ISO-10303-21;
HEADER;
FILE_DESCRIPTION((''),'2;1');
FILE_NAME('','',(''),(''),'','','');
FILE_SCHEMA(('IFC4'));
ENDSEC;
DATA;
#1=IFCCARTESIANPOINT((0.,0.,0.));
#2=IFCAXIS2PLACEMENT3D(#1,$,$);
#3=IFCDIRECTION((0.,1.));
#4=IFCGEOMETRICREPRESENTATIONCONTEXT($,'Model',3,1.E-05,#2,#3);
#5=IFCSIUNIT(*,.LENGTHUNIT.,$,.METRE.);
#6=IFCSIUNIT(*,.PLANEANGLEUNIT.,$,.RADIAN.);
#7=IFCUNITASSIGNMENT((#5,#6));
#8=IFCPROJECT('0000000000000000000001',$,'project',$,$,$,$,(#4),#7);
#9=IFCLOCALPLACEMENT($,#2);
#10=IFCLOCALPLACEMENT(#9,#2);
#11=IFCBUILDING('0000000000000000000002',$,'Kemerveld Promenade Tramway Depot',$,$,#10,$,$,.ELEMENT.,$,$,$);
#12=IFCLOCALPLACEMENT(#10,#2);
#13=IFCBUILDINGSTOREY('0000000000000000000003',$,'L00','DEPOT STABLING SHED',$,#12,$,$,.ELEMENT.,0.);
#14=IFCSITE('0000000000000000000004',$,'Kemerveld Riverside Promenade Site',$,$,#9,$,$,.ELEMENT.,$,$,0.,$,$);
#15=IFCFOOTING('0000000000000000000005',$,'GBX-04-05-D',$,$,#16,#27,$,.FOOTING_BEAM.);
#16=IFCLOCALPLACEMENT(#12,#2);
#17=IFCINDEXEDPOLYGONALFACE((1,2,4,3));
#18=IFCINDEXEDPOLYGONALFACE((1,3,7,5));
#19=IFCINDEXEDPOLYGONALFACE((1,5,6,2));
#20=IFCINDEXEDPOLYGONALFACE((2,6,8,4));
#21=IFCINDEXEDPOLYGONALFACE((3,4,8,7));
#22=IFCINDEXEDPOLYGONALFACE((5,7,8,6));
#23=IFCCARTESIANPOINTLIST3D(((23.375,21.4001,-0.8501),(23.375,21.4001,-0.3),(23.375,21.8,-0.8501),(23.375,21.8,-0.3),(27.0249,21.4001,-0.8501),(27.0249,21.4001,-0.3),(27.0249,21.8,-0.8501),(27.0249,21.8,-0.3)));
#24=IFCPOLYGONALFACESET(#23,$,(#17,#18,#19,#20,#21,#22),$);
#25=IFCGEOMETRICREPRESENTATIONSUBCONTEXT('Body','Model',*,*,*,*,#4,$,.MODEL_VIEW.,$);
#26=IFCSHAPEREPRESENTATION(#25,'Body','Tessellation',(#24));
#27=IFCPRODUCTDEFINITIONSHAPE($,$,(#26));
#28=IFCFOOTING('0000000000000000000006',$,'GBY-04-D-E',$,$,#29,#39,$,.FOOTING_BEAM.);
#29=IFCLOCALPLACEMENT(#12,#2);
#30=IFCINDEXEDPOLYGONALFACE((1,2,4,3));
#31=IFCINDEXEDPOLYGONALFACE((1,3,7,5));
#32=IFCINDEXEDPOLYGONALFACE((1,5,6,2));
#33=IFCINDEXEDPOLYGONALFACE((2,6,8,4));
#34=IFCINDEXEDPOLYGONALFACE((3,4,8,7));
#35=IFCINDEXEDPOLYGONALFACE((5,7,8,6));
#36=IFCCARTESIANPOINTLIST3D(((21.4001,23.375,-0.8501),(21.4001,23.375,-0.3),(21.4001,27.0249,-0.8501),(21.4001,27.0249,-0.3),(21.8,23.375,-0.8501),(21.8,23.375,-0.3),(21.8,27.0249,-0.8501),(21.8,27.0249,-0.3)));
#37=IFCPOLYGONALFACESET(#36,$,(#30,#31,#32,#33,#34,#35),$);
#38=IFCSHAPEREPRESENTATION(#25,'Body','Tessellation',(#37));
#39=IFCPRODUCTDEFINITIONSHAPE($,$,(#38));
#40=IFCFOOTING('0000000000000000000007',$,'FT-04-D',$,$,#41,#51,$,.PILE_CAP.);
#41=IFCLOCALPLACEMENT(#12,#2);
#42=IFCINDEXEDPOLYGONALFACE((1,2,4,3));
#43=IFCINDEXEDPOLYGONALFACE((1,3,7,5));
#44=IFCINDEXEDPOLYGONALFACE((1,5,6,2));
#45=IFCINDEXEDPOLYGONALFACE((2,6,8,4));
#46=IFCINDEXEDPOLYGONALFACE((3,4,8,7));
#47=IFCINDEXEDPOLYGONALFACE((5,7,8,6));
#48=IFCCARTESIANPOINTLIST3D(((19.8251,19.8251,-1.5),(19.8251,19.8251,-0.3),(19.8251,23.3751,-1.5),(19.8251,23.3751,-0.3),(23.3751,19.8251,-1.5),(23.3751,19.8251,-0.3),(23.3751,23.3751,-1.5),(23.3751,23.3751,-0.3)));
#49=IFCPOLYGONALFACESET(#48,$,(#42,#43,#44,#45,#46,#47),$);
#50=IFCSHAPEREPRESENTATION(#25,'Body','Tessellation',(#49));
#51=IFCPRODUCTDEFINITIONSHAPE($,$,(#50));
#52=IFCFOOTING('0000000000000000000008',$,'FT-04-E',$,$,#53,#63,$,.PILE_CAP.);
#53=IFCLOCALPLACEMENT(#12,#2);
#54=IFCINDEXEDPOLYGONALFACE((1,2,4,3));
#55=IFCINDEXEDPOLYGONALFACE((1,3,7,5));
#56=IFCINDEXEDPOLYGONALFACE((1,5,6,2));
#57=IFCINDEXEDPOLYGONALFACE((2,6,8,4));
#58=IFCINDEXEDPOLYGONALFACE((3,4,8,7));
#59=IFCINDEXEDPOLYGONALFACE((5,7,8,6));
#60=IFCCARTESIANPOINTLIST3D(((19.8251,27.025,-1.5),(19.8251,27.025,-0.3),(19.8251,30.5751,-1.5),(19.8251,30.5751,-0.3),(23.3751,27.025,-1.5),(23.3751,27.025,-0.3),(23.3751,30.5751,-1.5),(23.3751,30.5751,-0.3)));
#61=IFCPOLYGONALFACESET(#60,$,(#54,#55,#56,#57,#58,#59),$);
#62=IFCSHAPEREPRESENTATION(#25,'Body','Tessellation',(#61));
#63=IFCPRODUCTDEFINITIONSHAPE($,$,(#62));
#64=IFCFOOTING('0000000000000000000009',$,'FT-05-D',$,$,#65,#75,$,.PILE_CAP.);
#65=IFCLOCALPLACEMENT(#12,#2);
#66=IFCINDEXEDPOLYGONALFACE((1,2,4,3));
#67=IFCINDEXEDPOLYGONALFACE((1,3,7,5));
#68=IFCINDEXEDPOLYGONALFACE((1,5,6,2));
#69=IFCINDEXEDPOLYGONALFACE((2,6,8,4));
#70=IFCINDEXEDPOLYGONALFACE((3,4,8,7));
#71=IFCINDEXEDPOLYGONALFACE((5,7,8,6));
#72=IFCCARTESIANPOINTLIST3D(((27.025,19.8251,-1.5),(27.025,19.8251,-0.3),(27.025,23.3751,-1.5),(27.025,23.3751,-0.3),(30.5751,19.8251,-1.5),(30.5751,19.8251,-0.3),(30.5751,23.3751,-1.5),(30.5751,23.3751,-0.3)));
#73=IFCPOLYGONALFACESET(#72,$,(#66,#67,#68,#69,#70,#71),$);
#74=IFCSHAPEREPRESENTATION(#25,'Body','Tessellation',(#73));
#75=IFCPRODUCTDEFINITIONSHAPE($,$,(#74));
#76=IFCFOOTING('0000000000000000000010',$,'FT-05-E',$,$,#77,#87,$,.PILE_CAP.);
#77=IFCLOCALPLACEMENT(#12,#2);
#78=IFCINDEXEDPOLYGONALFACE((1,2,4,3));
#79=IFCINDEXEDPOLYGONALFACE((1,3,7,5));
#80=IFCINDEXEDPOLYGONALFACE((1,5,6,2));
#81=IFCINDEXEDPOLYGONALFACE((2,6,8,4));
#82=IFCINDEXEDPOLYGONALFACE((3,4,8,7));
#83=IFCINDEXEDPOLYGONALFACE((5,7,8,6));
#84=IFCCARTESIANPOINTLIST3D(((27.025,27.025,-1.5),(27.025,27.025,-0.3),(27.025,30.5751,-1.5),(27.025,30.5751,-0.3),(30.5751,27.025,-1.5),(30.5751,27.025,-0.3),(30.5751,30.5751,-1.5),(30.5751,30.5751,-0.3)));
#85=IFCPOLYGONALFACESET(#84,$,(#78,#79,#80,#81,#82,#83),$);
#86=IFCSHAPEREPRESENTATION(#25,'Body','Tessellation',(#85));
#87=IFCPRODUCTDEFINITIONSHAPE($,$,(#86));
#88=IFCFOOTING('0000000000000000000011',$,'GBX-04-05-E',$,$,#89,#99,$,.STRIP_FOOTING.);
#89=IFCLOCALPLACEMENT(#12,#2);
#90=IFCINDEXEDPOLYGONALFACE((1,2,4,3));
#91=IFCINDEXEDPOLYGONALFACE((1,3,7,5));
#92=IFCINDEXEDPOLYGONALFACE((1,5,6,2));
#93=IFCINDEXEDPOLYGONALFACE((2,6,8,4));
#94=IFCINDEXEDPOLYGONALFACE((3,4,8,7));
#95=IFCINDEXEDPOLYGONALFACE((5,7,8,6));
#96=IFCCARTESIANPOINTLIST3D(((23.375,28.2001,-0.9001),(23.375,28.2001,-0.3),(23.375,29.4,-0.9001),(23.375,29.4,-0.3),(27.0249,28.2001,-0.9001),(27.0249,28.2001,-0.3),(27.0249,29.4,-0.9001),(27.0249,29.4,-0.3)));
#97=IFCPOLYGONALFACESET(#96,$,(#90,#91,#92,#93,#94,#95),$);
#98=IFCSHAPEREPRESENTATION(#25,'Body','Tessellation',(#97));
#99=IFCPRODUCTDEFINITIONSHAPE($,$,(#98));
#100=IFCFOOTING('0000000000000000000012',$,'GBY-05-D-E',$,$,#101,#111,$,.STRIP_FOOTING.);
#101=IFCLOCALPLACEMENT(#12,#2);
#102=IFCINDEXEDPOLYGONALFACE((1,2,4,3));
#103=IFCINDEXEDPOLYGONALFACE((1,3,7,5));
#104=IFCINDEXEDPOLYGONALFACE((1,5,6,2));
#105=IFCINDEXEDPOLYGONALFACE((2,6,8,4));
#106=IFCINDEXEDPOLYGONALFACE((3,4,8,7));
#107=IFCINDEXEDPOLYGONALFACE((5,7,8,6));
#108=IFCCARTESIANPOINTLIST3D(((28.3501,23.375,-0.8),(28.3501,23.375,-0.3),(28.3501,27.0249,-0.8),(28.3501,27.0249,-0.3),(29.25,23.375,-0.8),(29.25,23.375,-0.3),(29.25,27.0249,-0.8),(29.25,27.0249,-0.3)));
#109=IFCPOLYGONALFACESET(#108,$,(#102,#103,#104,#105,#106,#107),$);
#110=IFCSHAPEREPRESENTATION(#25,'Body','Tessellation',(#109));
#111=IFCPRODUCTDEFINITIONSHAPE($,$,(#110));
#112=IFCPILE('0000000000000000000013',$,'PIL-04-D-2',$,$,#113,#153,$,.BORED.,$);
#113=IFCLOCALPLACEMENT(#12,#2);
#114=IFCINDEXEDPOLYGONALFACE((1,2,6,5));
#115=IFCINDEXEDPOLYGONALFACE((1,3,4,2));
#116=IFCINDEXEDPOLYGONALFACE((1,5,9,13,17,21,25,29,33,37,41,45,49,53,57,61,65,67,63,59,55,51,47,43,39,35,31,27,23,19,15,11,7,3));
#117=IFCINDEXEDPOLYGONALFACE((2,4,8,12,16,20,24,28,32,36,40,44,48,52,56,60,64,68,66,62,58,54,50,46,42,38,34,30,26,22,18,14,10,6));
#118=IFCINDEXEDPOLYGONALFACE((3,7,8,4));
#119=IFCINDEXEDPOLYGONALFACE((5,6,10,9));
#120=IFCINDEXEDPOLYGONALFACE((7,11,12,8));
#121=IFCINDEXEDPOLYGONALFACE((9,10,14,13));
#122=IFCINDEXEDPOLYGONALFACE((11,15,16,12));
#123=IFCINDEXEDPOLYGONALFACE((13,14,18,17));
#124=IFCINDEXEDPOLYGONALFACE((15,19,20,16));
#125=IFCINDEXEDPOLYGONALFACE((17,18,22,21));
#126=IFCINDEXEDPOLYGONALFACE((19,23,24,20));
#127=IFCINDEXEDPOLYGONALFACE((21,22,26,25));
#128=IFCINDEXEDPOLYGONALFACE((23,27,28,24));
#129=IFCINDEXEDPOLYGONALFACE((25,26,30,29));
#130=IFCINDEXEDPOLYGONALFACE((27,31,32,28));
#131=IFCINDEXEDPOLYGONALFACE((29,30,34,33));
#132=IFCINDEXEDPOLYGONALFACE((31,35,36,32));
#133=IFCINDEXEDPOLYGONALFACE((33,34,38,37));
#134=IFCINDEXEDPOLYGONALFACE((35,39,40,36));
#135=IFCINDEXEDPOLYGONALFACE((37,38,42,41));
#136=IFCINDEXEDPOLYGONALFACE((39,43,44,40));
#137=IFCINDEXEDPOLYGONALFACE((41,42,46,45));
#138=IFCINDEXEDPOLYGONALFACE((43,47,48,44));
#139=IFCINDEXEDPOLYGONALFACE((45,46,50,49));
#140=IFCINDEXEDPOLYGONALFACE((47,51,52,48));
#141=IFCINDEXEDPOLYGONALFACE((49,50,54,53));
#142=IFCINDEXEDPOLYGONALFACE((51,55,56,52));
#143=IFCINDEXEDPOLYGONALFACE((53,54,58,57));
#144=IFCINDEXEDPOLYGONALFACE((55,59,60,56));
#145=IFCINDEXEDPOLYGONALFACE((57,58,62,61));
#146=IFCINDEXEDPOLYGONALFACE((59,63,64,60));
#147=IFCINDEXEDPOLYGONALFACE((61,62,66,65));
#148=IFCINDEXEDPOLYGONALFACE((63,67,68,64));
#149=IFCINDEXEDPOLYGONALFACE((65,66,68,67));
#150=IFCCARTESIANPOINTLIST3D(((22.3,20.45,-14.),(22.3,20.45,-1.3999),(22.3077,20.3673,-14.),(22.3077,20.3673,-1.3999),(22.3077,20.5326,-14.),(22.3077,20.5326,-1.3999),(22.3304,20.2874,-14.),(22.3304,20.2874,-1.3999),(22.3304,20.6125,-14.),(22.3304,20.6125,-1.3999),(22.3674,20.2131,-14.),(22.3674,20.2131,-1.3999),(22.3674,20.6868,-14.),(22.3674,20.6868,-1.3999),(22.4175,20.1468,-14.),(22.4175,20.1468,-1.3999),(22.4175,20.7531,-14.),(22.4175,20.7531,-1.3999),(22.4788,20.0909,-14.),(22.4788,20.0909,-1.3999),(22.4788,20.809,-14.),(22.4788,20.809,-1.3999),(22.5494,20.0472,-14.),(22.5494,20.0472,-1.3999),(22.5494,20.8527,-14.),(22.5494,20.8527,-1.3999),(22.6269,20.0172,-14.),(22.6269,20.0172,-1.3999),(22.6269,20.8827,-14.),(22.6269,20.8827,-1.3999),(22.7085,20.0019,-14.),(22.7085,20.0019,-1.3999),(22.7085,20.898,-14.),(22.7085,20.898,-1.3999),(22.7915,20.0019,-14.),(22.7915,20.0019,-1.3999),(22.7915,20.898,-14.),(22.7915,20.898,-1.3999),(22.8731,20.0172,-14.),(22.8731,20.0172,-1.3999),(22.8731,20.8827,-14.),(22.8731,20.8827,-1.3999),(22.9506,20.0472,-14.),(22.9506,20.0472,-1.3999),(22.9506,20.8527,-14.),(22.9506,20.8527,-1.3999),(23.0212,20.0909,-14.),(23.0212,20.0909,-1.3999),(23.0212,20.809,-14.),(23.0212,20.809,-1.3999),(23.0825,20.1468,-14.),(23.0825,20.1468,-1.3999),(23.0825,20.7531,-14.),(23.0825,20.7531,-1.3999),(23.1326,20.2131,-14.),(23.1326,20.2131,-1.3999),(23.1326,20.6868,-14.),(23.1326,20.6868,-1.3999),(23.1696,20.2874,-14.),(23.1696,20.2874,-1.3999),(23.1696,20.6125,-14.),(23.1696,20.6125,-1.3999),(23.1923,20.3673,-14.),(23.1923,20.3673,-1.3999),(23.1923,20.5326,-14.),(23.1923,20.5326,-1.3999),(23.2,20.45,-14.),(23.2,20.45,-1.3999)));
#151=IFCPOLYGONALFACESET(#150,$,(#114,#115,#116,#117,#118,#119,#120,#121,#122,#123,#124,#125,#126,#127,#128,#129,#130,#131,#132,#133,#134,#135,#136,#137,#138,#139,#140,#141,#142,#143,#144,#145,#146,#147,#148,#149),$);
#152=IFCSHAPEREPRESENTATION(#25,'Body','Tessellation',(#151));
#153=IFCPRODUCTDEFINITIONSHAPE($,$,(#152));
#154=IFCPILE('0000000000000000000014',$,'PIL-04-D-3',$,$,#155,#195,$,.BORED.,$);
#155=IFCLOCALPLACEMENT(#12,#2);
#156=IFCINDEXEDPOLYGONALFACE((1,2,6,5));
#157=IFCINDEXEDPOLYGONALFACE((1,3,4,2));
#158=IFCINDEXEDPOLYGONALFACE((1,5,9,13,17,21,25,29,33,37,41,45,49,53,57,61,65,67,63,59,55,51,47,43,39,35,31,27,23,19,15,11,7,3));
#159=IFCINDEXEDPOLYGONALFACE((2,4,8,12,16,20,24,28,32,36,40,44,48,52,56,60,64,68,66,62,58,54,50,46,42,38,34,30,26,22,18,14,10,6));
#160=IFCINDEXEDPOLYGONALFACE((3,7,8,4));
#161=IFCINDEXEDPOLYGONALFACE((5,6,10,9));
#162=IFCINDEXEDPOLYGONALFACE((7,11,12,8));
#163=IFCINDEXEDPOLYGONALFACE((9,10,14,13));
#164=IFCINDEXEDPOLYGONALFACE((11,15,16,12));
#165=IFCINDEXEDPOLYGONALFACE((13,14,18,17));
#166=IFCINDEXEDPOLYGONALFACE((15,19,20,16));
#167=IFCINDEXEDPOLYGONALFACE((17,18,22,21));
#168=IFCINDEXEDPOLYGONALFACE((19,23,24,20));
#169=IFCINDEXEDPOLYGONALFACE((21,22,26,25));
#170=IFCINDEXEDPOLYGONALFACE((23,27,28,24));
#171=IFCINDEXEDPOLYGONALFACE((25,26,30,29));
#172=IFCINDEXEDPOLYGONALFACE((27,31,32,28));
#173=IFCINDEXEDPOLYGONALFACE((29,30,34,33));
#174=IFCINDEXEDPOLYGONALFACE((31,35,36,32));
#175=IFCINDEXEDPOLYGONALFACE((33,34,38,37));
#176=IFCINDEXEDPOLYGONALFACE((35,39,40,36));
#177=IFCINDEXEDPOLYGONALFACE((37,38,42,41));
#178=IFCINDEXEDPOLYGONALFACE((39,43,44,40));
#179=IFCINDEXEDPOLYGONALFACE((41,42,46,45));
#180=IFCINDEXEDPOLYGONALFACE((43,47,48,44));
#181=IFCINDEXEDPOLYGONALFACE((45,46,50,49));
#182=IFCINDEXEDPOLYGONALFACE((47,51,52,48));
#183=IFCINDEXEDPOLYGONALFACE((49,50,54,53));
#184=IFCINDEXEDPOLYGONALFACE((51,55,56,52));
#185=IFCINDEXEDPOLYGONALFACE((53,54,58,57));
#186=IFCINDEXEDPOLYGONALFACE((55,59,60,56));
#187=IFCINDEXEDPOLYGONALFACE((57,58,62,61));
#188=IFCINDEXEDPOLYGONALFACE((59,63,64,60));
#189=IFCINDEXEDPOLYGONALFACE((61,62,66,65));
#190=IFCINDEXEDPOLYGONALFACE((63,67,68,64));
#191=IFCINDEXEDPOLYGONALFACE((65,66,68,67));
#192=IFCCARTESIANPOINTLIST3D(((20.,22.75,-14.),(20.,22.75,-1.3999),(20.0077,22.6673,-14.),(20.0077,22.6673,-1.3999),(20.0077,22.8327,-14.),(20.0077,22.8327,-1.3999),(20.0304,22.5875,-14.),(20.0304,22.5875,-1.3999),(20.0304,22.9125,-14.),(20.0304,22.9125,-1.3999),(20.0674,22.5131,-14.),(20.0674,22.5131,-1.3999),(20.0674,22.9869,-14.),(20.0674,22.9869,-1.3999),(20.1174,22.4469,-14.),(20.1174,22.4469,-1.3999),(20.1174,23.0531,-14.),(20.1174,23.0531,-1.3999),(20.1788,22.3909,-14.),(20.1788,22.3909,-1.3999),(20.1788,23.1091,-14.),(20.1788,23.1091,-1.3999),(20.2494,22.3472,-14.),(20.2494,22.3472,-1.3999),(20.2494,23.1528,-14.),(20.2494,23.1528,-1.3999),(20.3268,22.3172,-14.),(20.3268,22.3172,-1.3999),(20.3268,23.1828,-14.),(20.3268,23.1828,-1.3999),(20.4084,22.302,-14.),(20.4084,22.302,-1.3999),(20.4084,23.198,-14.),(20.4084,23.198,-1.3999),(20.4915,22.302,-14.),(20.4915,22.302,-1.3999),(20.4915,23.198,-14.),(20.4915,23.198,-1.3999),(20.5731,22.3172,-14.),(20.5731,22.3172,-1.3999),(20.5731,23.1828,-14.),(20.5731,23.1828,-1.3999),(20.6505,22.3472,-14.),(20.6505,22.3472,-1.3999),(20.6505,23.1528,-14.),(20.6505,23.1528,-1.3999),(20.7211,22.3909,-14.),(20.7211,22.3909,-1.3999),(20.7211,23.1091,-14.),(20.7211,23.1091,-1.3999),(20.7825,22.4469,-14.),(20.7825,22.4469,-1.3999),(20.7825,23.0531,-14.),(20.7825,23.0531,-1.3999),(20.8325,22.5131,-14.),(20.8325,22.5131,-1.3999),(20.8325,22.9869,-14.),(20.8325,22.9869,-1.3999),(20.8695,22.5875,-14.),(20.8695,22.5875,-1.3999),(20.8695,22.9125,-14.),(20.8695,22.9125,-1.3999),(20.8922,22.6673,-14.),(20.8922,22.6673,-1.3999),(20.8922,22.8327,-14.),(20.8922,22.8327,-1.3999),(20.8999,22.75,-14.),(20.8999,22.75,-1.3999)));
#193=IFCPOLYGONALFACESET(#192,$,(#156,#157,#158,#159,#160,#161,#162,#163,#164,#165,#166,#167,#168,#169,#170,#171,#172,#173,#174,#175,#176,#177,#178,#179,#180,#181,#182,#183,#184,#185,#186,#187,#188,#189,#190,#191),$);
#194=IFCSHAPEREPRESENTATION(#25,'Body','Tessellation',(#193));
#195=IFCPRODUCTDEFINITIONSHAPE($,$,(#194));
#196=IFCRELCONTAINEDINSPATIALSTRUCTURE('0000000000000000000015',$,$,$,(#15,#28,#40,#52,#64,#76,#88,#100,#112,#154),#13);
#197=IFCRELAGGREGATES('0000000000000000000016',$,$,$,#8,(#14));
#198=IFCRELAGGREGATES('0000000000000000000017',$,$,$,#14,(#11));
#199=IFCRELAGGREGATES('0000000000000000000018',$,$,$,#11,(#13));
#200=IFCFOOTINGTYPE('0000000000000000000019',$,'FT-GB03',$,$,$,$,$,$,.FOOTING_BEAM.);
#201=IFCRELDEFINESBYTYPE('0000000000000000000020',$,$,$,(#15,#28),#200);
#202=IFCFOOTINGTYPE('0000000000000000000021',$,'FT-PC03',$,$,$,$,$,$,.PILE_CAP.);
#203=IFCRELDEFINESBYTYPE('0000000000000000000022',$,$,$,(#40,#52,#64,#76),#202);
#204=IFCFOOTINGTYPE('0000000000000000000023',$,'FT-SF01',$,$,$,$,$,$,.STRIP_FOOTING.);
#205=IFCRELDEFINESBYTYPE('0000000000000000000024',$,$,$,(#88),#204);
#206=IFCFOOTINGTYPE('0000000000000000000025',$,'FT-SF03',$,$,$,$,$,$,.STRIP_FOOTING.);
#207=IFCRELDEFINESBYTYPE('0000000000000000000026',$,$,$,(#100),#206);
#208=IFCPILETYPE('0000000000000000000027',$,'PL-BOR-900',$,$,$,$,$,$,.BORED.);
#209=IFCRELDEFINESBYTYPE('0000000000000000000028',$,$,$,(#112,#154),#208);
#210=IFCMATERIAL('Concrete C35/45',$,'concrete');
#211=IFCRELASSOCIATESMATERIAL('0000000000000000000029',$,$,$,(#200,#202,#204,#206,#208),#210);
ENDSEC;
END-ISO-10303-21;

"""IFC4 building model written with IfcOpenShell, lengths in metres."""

from ifc_helpers import new_model, si_unit, direction, frame, origin, origin_2d, place, context, subcontext, project, spatial, rectangle, circle, extrude, material, material_profile, profile_set, type_object, element, save


model = new_model("IFC4")

# Units and contexts
model_context = context("Model", 3, precision=1e-05, world=origin(), true_north=direction((0.0, 1.0)))
body_context = subcontext(model_context, "Body", "Model", "MODEL_VIEW")
ifc_project = project(units=[si_unit("LENGTHUNIT", "METRE"), si_unit("PLANEANGLEUNIT", "RADIAN")], contexts=[model_context])

# Site, building, storey
site_placement = place(None, origin())
site = spatial("IfcSite", under=ifc_project, at=site_placement, Name="Kemerveld Riverside Promenade Site", CompositionType="ELEMENT", RefElevation=0.0)
building_placement = place(site_placement, origin())
building = spatial("IfcBuilding", under=site, at=building_placement, Name="Kemerveld Promenade Tramway Depot", CompositionType="ELEMENT")
storey_placement = place(building_placement, origin())
storey = spatial("IfcBuildingStorey", under=building, at=storey_placement, Name="L00", Description="DEPOT STABLING SHED", CompositionType="ELEMENT", Elevation=0.0)

# Footings
ifc_material_1 = material(Name="Concrete C35/45", Category="concrete")
footing_type_1 = type_object("IfcFootingType", Name="FT-GB03", PredefinedType="FOOTING_BEAM", material=ifc_material_1)
for number, where, z_axis, x_axis, name in (
    (1, (25.2, 21.6001, -0.8501), (0.0, 0.0, 1.0), (1.0, 0.0, 0.0), "GBX-04-05-D"),
    (2, (21.6001, 25.2, -0.8501), (0.0, 0.0, 1.0), (0.0, 1.0, 0.0), "GBY-04-D-E"),
):
    element("IfcFooting", number, at=place(storey_placement, frame(where, z_axis=z_axis, x_axis=x_axis)), inside=storey, type_object=footing_type_1, Name=name, PredefinedType="FOOTING_BEAM", context=body_context, shape_type="SweptSolid", body=[
        extrude(rectangle(XDim=3.6499, YDim=0.3999, at=origin_2d()), origin(), (0.0, 0.0, 1.0), 0.55),
    ])
footing_type_2 = type_object("IfcFootingType", Name="FT-PC03", PredefinedType="PILE_CAP", material=ifc_material_1)
for number, where, z_axis, x_axis, name in (
    (3, (21.6001, 21.6001, -1.5), (0.0, 0.0, 1.0), (1.0, 0.0, 0.0), "FT-04-D"),
    (4, (21.6001, 28.8, -1.5), (0.0, 0.0, 1.0), (1.0, 0.0, 0.0), "FT-04-E"),
    (5, (28.8, 21.6001, -1.5), (0.0, 0.0, 1.0), (1.0, 0.0, 0.0), "FT-05-D"),
    (6, (28.8, 28.8, -1.5), (0.0, 0.0, 1.0), (1.0, 0.0, 0.0), "FT-05-E"),
):
    element("IfcFooting", number, at=place(storey_placement, frame(where, z_axis=z_axis, x_axis=x_axis)), inside=storey, type_object=footing_type_2, Name=name, PredefinedType="PILE_CAP", context=body_context, shape_type="SweptSolid", body=[
        extrude(rectangle(XDim=3.55, YDim=3.55, at=origin_2d()), origin(), (0.0, 0.0, 1.0), 1.2),
    ])
footing_type_3 = type_object("IfcFootingType", Name="FT-SF01", PredefinedType="STRIP_FOOTING", material=ifc_material_1)
footing_1_placement = place(storey_placement, frame((25.2, 28.8, -0.9001), z_axis=(0.0, 0.0, 1.0), x_axis=(1.0, 0.0, 0.0)))
element("IfcFooting", 7, at=footing_1_placement, inside=storey, type_object=footing_type_3, Name="GBX-04-05-E", PredefinedType="STRIP_FOOTING", context=body_context, shape_type="SweptSolid", body=[
    extrude(rectangle(XDim=3.6499, YDim=1.2, at=origin_2d()), origin(), (0.0, 0.0, 1.0), 0.6001),
])
footing_type_4 = type_object("IfcFootingType", Name="FT-SF03", PredefinedType="STRIP_FOOTING", material=ifc_material_1)
footing_2_placement = place(storey_placement, frame((28.8, 25.2, -0.8), z_axis=(0.0, 0.0, 1.0), x_axis=(0.0, 1.0, 0.0)))
element("IfcFooting", 8, at=footing_2_placement, inside=storey, type_object=footing_type_4, Name="GBY-05-D-E", PredefinedType="STRIP_FOOTING", context=body_context, shape_type="SweptSolid", body=[
    extrude(rectangle(XDim=3.6499, YDim=0.8999, at=origin_2d()), origin(), (0.0, 0.0, 1.0), 0.5),
])

# Piles
ifc_material_profile_1 = material_profile(ifc_material_1, circle(Radius=0.45, at=origin_2d()), Name="PILE-D900")
ifc_profile_set_1 = profile_set([ifc_material_profile_1], Name="Concrete C35/45")
pile_type = type_object("IfcPileType", Name="PL-BOR-900", PredefinedType="BORED", material=ifc_profile_set_1)
for number, where, z_axis, x_axis, name in (
    (9, (22.75, 20.45, -1.3999), (0.0, 0.0, -1.0), (1.0, 0.0, 0.0), "PIL-04-D-2"),
    (10, (20.45, 22.75, -1.3999), (0.0, 0.0, -1.0), (1.0, 0.0, 0.0), "PIL-04-D-3"),
):
    element("IfcPile", number, at=place(storey_placement, frame(where, z_axis=z_axis, x_axis=x_axis)), inside=storey, type_object=pile_type, Name=name, PredefinedType="BORED", context=body_context, shape_type="SweptSolid", body=[
        extrude(circle(Radius=0.45, at=origin_2d()), origin(), (0.0, 0.0, 1.0), 12.6001),
    ])

save(model, "model.ifc")
